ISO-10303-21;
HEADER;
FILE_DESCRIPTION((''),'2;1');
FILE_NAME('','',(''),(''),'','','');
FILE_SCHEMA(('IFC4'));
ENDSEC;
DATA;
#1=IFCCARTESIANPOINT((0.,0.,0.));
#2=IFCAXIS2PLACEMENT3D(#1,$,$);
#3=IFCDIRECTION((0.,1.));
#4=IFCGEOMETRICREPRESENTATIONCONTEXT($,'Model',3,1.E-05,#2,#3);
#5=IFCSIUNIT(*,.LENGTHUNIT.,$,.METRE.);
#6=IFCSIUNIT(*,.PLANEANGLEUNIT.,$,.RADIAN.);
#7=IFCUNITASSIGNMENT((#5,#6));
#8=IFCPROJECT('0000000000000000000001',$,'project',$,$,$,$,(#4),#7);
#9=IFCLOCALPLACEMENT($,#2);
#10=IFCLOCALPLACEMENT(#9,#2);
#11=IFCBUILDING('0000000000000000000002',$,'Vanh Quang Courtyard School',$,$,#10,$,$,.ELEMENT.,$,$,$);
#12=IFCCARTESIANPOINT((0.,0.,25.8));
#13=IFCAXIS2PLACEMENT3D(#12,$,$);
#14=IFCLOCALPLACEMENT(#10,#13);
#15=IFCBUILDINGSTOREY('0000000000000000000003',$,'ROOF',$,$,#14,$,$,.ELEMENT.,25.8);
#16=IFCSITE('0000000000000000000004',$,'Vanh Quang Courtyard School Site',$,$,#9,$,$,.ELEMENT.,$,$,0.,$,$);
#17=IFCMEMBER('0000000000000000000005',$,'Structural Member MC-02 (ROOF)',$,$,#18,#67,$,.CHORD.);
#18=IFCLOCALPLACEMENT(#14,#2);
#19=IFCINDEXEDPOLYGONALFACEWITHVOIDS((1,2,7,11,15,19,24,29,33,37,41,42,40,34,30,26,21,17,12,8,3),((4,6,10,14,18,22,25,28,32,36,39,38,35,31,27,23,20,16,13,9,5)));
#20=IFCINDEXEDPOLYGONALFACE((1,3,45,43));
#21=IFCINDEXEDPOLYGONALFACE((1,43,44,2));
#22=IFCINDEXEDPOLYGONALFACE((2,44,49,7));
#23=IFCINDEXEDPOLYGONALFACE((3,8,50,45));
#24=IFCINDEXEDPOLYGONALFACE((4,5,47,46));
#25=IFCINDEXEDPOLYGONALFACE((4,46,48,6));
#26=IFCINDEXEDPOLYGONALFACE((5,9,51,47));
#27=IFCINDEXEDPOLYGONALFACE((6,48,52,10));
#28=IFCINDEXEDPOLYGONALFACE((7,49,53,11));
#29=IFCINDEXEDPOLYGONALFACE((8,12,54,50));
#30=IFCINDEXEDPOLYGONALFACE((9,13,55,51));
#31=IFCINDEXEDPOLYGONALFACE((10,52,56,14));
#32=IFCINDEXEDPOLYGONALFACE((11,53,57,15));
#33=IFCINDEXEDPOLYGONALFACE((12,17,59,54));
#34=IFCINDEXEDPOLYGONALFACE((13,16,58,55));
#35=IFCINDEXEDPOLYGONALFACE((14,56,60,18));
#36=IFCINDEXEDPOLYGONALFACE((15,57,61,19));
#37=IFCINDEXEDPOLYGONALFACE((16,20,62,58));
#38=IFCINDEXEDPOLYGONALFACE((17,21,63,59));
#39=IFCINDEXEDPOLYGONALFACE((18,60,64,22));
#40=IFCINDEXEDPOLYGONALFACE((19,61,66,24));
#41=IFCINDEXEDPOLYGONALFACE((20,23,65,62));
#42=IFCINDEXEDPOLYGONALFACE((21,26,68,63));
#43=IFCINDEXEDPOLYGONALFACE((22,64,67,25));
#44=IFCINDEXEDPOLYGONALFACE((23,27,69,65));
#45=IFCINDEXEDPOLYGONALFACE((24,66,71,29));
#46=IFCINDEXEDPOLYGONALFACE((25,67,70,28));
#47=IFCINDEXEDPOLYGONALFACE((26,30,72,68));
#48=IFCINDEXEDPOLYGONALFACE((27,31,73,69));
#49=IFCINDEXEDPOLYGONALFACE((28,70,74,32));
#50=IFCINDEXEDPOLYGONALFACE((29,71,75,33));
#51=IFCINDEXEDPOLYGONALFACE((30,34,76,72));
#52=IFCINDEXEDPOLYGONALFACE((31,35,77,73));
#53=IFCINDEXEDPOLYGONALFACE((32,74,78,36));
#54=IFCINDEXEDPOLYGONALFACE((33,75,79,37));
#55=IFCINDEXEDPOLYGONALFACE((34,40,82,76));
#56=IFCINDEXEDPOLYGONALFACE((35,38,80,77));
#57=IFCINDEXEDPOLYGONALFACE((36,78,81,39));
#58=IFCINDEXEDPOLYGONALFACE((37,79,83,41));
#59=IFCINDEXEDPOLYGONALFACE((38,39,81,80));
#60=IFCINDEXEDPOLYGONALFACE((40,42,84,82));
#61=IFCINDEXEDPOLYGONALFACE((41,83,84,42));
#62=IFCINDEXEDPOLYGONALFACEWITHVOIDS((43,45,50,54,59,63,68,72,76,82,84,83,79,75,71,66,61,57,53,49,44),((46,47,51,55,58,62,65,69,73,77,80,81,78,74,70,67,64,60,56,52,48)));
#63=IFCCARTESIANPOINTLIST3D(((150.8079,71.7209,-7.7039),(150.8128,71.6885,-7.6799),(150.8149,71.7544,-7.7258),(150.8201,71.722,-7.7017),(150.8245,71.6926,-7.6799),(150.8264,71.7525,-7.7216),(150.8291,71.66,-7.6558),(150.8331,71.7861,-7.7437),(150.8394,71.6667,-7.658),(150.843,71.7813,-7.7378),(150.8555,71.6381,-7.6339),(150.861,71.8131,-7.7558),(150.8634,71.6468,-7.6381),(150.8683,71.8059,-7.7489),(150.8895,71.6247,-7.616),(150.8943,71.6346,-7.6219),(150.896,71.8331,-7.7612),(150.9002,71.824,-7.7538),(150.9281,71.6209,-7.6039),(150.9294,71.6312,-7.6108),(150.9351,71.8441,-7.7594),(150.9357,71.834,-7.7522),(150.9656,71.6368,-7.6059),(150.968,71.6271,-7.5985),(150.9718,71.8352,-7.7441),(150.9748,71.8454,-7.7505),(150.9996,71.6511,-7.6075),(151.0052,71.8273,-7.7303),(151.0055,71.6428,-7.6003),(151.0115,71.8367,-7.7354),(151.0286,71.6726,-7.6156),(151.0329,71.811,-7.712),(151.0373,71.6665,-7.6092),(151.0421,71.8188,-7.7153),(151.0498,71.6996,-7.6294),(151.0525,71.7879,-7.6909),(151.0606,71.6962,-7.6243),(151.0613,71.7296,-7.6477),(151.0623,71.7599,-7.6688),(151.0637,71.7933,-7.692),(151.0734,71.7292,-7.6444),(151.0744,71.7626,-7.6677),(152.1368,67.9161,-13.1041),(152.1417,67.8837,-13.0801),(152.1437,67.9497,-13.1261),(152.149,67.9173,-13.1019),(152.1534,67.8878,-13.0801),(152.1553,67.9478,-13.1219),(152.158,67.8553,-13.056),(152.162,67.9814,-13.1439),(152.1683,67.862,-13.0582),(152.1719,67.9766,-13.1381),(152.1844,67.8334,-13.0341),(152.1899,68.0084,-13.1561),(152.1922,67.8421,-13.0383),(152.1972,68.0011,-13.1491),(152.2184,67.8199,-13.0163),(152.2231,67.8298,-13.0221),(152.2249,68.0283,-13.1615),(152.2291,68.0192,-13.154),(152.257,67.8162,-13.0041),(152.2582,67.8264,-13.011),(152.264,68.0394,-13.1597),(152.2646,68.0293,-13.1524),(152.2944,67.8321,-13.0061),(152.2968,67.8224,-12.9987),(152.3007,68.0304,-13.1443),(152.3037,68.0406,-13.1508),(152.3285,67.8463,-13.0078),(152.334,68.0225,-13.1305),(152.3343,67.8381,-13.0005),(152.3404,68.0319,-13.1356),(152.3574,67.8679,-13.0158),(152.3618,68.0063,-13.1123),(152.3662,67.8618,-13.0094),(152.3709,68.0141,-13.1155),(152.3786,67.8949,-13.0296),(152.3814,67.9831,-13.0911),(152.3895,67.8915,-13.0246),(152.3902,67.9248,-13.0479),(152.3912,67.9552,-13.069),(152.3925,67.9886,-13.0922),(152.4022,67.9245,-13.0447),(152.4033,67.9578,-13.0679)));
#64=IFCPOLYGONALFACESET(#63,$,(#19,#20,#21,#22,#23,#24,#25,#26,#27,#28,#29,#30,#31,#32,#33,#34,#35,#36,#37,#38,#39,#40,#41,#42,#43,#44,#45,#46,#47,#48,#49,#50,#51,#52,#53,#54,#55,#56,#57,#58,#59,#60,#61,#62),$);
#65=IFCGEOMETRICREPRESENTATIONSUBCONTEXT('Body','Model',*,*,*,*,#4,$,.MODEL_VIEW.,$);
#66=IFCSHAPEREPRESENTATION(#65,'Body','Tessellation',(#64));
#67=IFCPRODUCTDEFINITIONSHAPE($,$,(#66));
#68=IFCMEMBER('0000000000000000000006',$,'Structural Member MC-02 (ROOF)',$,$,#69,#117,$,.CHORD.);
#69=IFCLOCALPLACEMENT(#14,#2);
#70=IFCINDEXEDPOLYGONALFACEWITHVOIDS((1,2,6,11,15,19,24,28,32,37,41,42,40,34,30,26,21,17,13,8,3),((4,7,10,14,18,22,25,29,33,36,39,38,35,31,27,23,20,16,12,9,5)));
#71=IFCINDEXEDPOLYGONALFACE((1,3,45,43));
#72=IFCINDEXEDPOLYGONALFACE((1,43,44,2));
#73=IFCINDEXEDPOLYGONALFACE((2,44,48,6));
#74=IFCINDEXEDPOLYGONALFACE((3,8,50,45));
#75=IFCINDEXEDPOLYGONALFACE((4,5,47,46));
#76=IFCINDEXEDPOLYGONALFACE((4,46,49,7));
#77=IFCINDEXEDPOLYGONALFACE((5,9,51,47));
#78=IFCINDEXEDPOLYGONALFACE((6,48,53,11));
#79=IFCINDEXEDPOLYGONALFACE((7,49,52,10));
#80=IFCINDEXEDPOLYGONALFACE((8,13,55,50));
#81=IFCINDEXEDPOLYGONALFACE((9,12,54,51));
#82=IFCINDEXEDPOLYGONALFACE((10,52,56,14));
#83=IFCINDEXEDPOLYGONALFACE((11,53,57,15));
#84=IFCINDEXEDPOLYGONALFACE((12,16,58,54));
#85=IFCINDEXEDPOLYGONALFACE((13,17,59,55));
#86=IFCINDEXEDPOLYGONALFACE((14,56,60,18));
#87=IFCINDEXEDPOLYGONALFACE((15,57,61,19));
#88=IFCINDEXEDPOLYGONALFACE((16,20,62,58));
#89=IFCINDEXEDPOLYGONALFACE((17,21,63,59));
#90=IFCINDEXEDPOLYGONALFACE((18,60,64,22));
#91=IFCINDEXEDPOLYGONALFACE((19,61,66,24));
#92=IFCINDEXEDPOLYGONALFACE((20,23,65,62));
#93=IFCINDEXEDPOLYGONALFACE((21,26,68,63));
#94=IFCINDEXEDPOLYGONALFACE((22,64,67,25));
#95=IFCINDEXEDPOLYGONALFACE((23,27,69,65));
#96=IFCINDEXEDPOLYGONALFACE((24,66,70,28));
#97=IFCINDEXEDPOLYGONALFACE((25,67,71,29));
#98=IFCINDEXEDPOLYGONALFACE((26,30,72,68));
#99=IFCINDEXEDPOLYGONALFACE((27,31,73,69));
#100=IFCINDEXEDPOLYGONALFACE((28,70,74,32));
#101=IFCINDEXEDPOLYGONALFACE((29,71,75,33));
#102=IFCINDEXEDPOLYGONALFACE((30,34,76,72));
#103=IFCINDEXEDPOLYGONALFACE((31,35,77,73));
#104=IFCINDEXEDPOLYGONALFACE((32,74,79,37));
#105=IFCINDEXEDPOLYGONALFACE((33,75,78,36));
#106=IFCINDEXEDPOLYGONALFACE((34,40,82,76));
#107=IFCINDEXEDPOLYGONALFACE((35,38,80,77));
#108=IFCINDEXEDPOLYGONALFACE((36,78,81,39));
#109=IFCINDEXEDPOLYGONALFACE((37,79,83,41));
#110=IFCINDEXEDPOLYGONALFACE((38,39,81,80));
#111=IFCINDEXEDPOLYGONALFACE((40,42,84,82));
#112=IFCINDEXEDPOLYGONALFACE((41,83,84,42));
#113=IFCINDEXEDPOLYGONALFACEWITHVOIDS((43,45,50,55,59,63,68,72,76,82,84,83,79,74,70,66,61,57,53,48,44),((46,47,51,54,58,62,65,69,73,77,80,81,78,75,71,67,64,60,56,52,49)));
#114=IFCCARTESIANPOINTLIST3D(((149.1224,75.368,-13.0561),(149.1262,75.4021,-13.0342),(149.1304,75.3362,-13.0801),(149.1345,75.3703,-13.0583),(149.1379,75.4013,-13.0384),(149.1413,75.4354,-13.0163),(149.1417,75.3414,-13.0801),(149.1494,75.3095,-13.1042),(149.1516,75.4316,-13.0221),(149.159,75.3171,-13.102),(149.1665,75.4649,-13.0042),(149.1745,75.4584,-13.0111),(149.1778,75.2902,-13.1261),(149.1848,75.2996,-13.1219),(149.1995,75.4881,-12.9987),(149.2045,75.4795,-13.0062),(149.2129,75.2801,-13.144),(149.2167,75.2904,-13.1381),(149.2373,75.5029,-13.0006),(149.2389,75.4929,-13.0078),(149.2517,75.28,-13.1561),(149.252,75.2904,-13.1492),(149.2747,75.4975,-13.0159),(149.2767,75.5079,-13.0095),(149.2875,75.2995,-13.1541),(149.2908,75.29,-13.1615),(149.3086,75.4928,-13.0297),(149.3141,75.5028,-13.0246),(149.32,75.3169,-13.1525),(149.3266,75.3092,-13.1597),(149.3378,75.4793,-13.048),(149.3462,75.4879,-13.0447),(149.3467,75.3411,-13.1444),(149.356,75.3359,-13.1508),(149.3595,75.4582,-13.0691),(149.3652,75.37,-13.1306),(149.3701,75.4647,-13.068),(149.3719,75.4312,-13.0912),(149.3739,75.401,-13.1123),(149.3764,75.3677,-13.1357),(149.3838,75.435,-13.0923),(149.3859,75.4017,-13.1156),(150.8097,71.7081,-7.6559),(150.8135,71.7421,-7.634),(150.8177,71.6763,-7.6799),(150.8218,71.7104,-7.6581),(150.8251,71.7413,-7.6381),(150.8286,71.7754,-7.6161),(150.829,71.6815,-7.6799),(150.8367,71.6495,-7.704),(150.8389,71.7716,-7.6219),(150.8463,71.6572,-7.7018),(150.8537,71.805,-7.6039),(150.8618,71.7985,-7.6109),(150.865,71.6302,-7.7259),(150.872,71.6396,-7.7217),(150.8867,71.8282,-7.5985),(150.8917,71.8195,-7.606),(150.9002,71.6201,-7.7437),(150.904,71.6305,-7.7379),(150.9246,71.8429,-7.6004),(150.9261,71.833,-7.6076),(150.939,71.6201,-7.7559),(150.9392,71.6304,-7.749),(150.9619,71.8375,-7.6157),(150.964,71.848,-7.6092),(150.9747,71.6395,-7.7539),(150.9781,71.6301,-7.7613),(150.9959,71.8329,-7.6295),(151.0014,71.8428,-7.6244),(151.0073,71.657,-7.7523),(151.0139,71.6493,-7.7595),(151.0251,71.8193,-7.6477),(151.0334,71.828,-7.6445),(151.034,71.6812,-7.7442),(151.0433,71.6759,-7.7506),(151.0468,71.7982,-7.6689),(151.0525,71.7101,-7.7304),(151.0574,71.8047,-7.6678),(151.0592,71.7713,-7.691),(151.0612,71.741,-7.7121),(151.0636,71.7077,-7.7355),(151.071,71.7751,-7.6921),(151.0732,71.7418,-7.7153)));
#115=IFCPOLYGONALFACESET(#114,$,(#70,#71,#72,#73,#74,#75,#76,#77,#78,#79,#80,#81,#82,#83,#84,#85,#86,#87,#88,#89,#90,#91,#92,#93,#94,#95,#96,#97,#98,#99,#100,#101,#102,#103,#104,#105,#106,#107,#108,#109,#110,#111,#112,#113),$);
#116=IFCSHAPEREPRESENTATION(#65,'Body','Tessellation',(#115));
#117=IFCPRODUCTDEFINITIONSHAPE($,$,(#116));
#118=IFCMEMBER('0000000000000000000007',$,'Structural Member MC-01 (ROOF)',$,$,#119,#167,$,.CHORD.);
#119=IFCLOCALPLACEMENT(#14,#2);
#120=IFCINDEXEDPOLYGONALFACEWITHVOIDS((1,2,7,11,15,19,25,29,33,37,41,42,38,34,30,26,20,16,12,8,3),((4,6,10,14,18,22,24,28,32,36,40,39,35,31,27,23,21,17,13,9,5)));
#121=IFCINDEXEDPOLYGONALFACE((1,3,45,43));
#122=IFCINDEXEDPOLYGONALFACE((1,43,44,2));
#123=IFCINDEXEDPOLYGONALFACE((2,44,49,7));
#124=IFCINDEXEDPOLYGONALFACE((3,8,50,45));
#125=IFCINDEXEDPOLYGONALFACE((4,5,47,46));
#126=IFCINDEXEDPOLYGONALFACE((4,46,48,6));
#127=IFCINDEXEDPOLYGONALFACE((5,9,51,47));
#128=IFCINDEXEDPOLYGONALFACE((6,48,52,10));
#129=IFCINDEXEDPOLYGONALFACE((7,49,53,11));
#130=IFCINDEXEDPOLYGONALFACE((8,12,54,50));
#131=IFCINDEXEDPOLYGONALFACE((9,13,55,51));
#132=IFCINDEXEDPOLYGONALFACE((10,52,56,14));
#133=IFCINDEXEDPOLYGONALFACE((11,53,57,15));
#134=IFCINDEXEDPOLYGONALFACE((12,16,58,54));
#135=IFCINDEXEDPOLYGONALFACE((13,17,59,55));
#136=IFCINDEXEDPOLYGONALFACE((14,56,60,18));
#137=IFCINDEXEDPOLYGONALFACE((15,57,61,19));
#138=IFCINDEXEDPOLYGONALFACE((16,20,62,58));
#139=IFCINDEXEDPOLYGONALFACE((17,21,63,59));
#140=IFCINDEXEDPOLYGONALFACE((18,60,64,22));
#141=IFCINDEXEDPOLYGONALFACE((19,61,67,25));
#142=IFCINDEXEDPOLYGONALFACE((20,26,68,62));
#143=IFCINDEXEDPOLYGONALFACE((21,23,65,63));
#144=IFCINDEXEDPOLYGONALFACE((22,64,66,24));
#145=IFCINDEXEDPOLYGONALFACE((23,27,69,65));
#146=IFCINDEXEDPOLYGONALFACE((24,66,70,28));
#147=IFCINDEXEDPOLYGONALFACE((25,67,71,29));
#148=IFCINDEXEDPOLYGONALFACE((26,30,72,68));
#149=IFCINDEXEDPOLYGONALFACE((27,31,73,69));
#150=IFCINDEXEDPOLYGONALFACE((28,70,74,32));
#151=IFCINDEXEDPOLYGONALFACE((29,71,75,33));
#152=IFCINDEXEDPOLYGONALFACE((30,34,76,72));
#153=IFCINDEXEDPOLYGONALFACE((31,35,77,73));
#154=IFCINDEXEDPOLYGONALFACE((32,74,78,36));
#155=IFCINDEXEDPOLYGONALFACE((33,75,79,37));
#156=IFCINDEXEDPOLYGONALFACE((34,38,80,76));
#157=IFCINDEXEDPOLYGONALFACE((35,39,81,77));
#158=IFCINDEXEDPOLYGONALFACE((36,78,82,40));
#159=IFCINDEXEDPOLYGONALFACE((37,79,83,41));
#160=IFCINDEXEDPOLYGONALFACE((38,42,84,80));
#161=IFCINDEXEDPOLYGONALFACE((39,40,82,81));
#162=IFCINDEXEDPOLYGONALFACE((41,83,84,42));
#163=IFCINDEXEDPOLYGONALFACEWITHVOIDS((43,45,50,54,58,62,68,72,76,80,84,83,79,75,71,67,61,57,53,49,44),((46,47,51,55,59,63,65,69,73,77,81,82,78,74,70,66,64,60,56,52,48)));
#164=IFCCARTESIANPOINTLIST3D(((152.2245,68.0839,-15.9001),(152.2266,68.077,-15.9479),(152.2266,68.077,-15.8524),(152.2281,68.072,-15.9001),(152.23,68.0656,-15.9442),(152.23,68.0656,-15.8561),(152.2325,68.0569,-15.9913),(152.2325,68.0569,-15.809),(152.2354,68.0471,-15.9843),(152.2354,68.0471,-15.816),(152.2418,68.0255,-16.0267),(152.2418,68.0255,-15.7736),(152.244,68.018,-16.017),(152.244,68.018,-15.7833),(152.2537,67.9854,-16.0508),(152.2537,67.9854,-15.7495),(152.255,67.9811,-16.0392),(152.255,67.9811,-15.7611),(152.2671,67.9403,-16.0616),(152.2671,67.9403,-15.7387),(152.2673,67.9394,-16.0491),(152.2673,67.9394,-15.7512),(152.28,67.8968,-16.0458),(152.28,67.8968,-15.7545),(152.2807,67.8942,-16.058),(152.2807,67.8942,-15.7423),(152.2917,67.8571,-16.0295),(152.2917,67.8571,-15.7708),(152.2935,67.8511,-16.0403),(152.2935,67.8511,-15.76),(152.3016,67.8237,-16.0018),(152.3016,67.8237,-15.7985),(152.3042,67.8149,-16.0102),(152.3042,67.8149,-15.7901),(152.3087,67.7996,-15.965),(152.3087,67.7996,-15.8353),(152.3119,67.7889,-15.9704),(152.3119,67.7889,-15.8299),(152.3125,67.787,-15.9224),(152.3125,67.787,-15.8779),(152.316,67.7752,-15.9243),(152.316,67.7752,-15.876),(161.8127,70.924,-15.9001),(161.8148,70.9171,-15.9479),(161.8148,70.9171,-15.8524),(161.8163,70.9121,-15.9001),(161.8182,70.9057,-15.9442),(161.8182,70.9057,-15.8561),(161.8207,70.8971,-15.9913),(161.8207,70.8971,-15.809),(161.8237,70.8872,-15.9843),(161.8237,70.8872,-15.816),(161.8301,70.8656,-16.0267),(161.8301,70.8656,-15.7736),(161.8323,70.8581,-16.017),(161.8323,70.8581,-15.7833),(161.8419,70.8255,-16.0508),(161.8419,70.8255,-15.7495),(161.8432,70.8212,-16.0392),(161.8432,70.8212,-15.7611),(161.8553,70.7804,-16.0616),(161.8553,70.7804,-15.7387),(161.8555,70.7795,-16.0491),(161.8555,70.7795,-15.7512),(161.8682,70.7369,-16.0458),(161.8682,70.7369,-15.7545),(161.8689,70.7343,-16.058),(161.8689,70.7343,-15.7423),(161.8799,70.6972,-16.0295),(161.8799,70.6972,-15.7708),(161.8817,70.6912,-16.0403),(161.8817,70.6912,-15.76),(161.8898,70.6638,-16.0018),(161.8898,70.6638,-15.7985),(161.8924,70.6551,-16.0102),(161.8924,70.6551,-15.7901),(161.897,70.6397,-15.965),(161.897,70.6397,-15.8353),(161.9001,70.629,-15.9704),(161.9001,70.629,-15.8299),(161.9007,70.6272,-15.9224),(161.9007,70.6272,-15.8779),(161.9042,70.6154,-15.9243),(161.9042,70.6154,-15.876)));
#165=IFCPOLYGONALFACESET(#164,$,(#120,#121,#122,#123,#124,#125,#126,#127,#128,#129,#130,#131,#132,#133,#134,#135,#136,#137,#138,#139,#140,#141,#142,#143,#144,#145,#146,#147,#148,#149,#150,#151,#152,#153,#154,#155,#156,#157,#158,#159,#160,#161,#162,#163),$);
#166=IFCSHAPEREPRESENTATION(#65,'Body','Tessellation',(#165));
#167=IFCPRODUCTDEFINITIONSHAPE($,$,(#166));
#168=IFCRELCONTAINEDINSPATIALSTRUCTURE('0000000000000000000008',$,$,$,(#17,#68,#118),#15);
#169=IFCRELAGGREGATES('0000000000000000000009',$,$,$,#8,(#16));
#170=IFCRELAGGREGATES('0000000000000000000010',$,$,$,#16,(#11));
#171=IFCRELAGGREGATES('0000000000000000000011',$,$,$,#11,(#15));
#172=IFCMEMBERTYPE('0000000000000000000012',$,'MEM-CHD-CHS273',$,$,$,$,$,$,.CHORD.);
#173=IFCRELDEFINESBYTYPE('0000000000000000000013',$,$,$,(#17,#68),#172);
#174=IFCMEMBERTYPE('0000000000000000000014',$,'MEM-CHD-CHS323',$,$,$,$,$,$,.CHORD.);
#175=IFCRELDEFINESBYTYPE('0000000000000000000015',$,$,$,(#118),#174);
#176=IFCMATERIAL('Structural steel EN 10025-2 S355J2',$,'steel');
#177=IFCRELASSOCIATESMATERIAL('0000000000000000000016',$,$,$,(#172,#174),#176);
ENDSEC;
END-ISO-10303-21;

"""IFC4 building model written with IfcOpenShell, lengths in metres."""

from ifc_helpers import new_model, si_unit, direction, frame, origin, origin_2d, place, context, subcontext, project, spatial, hollow_circle, extrude, material, material_profile, profile_set, type_object, element, save


model = new_model("IFC4")

# Units and contexts
model_context = context("Model", 3, precision=1e-05, world=origin(), true_north=direction((0.0, 1.0)))
body_context = subcontext(model_context, "Body", "Model", "MODEL_VIEW")
ifc_project = project(units=[si_unit("LENGTHUNIT", "METRE"), si_unit("PLANEANGLEUNIT", "RADIAN")], contexts=[model_context])

# Site, building, storey
site_placement = place(None, origin())
site = spatial("IfcSite", under=ifc_project, at=site_placement, Name="Vanh Quang Courtyard School Site", CompositionType="ELEMENT", RefElevation=0.0)
building_placement = place(site_placement, origin())
building = spatial("IfcBuilding", under=site, at=building_placement, Name="Vanh Quang Courtyard School", CompositionType="ELEMENT")
storey_placement = place(building_placement, frame((0.0, 0.0, 25.8)))
storey = spatial("IfcBuildingStorey", under=building, at=storey_placement, Name="ROOF", CompositionType="ELEMENT", Elevation=25.8)

# Shared definitions
ifc_material_1 = material(Name="Structural steel EN 10025-2 S355J2", Category="steel")

# Members
ifc_material_profile_1 = material_profile(ifc_material_1, hollow_circle(Radius=0.1365, WallThickness=0.0125, at=origin_2d()), Name="CHS 273x12.5")
ifc_profile_set_1 = profile_set([ifc_material_profile_1], Name="Structural steel EN 10025-2 S355J2")
member_type_1 = type_object("IfcMemberType", Name="MEM-CHD-CHS273", PredefinedType="CHORD", material=ifc_profile_set_1)
for number, where, z_axis, x_axis, name in (
    (1, (152.2705, 67.9287, -13.0801), (-0.197213, 0.564646, 0.801425), (-0.944073, -0.329735, 0.0), "Structural Member MC-02 (ROOF)"),
    (2, (150.9417, 71.7334, -7.6799), (-0.250401, 0.543159, -0.801422), (-0.908142, -0.418662, 0.0), "Structural Member MC-02 (ROOF)"),
):
    element("IfcMember", number, at=place(storey_placement, frame(where, z_axis=z_axis, x_axis=x_axis)), inside=storey, type_object=member_type_1, Name=name, PredefinedType="CHORD", context=body_context, shape_type="SweptSolid", body=[
        extrude(hollow_circle(Radius=0.1365, WallThickness=0.0125, at=origin_2d()), origin(), (0.0, 0.0, 1.0), 6.7383),
    ])
ifc_material_profile_2 = material_profile(ifc_material_1, hollow_circle(Radius=0.1619, WallThickness=0.0125, at=origin_2d()), Name="CHS 323.9x12.5")
ifc_profile_set_2 = profile_set([ifc_material_profile_2], Name="Structural steel EN 10025-2 S355J2")
member_type_2 = type_object("IfcMemberType", Name="MEM-CHD-CHS323", PredefinedType="CHORD", material=ifc_profile_set_2)
member_placement = place(storey_placement, frame((152.2705, 67.9287, -15.9001), z_axis=(0.958821, 0.284011, 0.0), x_axis=(-0.284011, 0.958821, 0.0)))
element("IfcMember", 3, at=member_placement, inside=storey, type_object=member_type_2, Name="Structural Member MC-01 (ROOF)", PredefinedType="CHORD", context=body_context, shape_type="SweptSolid", body=[
    extrude(hollow_circle(Radius=0.1619, WallThickness=0.0125, at=origin_2d()), origin(), (0.0, 0.0, 1.0), 10.0),
])

save(model, "model.ifc")
